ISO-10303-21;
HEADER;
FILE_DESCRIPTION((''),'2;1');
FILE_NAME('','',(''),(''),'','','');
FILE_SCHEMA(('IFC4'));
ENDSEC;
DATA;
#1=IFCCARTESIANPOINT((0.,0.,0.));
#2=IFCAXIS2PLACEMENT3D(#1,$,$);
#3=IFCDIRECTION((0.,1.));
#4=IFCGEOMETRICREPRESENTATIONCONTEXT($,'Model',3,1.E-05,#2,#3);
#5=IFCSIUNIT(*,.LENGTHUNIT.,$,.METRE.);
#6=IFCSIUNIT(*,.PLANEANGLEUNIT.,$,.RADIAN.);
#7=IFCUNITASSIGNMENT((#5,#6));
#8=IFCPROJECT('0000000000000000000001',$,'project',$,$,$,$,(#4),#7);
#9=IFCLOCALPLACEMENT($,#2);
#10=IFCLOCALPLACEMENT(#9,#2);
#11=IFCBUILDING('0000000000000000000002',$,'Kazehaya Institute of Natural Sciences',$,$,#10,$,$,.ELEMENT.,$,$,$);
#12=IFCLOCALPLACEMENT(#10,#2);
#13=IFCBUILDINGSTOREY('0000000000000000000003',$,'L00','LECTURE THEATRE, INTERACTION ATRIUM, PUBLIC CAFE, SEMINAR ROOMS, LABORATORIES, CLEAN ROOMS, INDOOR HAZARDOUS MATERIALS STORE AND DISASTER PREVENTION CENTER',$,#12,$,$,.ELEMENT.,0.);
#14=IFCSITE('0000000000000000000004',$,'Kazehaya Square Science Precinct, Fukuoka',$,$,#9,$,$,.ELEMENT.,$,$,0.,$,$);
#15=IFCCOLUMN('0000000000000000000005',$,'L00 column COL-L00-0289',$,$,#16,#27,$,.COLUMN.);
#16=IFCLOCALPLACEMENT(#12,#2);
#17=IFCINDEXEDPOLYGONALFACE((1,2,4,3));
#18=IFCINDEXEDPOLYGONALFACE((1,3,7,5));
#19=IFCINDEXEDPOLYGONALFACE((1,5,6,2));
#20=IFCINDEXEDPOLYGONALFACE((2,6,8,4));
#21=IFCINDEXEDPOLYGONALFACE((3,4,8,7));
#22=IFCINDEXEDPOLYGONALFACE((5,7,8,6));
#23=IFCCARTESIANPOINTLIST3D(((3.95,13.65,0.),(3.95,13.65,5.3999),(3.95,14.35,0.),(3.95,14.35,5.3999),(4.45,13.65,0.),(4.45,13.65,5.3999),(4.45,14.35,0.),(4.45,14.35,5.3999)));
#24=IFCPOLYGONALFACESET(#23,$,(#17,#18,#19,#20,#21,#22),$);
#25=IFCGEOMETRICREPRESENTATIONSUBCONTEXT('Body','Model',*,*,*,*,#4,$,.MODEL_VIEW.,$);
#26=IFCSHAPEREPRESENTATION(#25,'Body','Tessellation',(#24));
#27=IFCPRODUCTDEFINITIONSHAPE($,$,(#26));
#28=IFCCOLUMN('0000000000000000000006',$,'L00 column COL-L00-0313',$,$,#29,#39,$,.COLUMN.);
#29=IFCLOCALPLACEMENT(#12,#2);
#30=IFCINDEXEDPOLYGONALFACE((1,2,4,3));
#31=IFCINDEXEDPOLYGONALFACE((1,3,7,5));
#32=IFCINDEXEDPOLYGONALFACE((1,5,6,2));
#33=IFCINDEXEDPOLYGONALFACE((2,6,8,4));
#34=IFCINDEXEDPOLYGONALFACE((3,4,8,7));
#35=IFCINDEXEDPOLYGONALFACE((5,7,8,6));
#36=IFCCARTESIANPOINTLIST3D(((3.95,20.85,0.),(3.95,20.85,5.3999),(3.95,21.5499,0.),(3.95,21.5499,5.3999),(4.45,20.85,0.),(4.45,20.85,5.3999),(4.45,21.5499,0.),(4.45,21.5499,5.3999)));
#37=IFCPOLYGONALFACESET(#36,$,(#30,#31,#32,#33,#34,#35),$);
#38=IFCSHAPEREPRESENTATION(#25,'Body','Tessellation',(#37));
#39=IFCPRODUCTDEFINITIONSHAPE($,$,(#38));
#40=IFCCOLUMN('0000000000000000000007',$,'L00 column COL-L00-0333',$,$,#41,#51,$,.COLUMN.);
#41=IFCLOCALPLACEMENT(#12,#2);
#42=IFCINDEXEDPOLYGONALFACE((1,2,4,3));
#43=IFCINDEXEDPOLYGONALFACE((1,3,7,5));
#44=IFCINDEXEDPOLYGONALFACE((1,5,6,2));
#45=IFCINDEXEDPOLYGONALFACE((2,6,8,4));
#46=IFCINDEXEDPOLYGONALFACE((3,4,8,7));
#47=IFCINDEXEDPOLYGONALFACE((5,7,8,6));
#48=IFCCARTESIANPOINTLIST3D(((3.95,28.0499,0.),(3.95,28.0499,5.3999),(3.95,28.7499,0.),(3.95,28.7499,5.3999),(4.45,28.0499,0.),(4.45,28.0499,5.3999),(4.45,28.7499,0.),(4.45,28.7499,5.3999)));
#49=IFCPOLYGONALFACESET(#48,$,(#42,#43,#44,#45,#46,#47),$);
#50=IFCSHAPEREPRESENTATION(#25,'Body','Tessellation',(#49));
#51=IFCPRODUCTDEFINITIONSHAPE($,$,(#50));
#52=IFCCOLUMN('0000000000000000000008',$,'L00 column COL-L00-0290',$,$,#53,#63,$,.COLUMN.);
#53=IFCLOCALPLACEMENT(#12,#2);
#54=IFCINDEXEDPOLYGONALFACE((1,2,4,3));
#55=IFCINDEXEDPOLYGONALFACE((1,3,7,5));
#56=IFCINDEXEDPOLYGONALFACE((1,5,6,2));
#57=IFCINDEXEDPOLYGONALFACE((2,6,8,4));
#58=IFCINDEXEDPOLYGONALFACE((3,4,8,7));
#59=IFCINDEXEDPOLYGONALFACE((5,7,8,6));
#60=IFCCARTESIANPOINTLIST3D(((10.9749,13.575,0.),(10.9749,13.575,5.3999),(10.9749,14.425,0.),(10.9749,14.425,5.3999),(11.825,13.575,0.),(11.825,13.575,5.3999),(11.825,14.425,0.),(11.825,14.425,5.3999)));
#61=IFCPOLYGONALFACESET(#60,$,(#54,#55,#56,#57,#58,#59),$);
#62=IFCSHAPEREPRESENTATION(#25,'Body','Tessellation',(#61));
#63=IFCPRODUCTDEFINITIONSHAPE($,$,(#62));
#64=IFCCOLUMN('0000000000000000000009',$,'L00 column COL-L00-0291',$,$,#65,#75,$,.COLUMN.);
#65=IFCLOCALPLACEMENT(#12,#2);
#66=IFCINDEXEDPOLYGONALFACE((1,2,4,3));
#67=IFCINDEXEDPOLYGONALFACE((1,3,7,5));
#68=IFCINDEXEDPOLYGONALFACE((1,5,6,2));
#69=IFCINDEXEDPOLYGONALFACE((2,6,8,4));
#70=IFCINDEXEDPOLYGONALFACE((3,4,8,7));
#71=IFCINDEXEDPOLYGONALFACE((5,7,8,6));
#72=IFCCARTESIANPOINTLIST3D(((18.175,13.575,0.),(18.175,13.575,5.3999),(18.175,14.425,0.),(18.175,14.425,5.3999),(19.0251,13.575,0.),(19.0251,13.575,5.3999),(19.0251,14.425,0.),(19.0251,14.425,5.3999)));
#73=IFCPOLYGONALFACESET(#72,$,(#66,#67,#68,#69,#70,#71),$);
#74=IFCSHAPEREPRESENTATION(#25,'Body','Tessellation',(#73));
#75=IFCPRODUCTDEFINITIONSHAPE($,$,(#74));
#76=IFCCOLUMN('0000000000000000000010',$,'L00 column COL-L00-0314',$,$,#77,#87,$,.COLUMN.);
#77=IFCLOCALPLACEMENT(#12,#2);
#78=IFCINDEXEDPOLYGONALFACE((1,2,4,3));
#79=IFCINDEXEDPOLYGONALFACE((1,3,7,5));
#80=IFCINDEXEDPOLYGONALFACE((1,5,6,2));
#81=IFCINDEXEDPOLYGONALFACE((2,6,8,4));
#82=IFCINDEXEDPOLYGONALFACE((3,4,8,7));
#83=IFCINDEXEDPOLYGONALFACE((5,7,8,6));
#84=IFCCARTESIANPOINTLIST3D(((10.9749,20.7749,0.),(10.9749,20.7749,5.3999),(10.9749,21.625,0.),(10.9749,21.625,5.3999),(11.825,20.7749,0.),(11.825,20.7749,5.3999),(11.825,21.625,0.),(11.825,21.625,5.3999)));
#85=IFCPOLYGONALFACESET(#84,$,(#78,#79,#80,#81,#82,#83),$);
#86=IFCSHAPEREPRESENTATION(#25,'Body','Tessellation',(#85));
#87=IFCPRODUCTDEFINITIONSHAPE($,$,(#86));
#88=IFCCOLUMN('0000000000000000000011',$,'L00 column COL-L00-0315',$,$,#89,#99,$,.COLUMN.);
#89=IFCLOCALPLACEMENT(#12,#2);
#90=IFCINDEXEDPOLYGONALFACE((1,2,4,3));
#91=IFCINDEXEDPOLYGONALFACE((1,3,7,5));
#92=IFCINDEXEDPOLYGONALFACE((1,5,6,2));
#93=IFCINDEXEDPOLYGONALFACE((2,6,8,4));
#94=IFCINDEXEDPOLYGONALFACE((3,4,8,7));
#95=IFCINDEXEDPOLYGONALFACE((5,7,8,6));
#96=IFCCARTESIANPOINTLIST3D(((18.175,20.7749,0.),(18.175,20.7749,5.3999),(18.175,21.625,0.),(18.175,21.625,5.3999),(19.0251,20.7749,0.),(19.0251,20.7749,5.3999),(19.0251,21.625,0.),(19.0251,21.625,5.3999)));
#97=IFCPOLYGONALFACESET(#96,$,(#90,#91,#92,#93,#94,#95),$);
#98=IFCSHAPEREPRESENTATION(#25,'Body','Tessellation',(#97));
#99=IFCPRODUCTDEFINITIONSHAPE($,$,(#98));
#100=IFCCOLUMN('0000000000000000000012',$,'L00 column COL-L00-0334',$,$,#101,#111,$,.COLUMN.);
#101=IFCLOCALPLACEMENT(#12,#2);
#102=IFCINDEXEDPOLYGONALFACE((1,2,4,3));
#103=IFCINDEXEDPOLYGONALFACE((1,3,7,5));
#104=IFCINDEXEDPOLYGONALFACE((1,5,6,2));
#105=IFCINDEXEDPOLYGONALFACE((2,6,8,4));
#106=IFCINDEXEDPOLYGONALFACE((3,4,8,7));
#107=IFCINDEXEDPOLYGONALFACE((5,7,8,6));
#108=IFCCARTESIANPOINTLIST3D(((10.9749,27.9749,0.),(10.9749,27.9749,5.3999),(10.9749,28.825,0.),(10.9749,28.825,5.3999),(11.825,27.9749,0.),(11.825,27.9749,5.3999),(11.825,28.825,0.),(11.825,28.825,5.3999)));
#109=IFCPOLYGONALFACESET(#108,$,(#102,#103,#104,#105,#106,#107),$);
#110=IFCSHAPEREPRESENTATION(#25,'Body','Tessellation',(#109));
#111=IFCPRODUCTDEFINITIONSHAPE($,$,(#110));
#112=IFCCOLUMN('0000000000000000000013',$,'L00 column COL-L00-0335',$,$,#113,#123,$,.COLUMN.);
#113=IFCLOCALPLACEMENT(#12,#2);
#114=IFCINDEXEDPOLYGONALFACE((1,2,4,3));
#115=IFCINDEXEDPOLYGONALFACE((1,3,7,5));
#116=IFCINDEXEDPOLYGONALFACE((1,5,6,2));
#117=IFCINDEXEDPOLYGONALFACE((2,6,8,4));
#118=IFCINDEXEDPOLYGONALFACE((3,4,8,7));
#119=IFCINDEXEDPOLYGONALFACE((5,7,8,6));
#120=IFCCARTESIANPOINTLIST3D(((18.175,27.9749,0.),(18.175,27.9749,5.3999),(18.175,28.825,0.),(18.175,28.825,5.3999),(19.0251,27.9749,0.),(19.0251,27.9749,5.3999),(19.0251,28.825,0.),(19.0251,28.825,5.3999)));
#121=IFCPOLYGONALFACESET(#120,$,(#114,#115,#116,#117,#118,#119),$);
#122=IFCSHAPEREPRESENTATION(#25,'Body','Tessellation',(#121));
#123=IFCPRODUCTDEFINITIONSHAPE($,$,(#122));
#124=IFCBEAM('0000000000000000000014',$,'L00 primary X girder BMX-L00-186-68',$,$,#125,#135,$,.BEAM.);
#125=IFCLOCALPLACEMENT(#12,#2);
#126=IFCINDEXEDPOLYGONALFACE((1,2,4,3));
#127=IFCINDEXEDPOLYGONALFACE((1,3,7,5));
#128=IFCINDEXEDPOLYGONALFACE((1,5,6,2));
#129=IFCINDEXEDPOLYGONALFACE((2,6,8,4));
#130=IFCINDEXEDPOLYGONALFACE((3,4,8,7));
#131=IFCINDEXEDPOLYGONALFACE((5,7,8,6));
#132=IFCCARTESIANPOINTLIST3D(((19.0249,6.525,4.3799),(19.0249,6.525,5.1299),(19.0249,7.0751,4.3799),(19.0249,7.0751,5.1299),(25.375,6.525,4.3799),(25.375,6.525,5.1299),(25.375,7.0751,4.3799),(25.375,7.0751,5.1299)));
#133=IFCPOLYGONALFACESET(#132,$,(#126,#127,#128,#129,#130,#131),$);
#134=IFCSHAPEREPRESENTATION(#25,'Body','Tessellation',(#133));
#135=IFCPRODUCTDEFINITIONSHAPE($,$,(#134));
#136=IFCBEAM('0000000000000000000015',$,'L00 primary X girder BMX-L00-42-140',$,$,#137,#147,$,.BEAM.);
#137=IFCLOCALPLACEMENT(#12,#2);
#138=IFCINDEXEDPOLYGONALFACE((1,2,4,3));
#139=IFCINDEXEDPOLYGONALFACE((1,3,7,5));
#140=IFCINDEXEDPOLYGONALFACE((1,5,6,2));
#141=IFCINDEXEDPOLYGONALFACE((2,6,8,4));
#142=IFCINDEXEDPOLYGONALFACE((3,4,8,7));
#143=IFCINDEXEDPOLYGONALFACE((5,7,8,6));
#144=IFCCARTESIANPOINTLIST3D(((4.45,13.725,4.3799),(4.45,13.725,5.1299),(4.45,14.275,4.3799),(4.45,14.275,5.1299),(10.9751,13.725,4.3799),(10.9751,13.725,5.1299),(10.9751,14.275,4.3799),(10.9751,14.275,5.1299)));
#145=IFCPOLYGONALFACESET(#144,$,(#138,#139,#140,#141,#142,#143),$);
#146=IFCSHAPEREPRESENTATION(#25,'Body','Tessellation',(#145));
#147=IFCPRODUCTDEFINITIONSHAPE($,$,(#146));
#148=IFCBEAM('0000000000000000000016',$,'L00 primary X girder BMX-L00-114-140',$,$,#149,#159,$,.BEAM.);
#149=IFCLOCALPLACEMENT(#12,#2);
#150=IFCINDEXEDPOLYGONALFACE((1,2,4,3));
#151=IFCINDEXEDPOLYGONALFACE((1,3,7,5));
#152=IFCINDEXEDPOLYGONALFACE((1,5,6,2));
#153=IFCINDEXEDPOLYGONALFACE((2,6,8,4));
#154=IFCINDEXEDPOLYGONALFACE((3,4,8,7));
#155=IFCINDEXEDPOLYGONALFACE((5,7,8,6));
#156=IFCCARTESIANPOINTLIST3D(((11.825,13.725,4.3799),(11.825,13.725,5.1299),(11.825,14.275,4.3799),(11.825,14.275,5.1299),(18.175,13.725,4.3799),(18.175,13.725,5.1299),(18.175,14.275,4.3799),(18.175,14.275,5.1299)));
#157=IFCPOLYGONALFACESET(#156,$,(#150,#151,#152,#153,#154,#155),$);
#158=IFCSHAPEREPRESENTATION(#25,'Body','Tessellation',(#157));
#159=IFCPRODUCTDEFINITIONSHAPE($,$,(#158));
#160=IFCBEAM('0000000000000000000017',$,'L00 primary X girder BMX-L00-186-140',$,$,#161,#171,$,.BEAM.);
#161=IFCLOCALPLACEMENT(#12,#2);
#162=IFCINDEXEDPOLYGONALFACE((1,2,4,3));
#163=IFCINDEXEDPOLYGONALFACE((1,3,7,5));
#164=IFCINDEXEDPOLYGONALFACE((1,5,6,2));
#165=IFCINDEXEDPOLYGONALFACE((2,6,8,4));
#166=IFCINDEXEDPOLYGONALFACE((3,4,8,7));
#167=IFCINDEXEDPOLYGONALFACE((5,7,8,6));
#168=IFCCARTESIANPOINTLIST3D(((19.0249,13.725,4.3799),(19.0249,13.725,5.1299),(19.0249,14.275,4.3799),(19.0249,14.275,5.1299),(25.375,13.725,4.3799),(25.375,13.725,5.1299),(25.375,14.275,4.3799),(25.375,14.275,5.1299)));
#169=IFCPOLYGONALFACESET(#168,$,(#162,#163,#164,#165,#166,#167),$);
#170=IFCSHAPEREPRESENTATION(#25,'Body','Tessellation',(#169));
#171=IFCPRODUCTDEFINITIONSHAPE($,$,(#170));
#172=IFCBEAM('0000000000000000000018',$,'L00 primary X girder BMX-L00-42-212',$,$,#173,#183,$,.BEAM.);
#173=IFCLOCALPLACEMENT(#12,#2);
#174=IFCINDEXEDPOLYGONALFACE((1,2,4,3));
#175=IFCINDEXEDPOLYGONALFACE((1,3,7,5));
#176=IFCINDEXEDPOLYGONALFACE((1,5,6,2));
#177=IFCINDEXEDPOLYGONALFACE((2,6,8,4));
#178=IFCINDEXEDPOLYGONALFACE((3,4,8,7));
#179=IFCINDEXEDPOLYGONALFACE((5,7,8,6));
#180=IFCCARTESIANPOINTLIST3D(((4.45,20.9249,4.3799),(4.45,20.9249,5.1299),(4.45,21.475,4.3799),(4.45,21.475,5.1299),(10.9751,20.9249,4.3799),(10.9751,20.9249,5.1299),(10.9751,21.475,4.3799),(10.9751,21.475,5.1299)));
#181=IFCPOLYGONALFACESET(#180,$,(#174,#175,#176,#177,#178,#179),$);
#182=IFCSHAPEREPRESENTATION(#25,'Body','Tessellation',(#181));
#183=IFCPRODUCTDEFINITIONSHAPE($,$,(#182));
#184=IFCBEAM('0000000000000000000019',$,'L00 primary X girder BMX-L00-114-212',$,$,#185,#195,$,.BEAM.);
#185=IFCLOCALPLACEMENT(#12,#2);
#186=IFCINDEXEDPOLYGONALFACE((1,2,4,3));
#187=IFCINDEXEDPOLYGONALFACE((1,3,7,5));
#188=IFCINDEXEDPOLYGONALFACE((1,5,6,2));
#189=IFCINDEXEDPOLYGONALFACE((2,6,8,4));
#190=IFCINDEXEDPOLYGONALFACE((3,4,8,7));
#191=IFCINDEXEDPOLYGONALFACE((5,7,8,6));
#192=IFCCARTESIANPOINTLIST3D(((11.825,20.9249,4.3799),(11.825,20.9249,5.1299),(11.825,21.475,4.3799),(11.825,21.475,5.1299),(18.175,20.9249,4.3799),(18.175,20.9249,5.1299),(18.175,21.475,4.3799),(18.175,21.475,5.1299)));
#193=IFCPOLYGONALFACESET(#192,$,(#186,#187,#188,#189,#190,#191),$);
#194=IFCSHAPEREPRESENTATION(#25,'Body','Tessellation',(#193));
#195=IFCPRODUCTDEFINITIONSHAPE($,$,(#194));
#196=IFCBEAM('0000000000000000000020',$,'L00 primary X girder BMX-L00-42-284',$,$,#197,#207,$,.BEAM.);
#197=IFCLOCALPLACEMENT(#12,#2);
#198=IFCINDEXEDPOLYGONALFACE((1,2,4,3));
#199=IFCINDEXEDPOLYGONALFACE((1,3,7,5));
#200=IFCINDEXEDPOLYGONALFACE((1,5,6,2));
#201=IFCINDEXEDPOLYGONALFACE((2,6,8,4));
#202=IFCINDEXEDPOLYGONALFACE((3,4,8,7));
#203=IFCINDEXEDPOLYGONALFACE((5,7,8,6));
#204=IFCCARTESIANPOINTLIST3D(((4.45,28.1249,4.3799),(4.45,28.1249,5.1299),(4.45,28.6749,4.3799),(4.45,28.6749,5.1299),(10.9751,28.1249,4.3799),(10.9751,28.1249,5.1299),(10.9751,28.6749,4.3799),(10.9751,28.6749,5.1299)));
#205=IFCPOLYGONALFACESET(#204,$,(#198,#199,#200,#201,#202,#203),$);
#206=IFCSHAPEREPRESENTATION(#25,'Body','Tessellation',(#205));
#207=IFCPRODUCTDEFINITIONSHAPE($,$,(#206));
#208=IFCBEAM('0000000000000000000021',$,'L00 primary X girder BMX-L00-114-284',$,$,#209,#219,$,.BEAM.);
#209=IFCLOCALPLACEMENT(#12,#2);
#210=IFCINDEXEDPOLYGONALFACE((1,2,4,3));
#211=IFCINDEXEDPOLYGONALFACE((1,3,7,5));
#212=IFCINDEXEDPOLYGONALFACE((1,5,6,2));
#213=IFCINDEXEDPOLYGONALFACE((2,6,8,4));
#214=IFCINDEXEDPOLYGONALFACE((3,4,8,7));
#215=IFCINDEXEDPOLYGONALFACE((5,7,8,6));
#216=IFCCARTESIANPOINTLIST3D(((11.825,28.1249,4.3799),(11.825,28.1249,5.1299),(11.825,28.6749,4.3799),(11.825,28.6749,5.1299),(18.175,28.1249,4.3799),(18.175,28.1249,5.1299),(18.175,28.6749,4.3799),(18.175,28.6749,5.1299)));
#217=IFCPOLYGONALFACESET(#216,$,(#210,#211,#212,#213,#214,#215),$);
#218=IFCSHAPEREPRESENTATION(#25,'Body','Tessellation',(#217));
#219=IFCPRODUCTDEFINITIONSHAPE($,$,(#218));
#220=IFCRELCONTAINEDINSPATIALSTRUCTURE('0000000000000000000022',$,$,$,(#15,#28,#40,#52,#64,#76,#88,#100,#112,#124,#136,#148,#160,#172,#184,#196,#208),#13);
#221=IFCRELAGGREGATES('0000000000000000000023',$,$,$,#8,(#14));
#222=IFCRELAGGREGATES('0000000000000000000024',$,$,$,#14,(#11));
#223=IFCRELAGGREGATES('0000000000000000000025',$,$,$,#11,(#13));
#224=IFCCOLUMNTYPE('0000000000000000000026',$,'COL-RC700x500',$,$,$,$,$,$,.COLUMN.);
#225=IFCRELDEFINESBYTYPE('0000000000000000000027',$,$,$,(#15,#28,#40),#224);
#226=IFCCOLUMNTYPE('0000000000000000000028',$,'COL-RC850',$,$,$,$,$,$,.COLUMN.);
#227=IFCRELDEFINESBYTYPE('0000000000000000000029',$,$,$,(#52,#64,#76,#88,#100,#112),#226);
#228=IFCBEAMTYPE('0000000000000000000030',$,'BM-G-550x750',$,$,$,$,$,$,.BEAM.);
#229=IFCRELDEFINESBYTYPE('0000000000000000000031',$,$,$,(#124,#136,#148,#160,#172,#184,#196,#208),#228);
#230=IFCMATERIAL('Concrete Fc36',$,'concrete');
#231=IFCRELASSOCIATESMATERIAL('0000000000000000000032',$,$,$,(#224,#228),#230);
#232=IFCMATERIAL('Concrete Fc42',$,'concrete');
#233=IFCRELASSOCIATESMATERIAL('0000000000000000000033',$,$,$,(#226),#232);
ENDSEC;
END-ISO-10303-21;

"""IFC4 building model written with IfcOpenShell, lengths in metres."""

from ifc_helpers import new_model, si_unit, direction, frame, origin, origin_2d, place, context, subcontext, project, spatial, rectangle, extrude, material, material_profile, profile_set, type_object, element, save


model = new_model("IFC4")

# Units and contexts
model_context = context("Model", 3, precision=1e-05, world=origin(), true_north=direction((0.0, 1.0)))
body_context = subcontext(model_context, "Body", "Model", "MODEL_VIEW")
ifc_project = project(units=[si_unit("LENGTHUNIT", "METRE"), si_unit("PLANEANGLEUNIT", "RADIAN")], contexts=[model_context])

# Site, building, storey
site_placement = place(None, origin())
site = spatial("IfcSite", under=ifc_project, at=site_placement, Name="Kazehaya Square Science Precinct, Fukuoka", CompositionType="ELEMENT", RefElevation=0.0)
building_placement = place(site_placement, origin())
building = spatial("IfcBuilding", under=site, at=building_placement, Name="Kazehaya Institute of Natural Sciences", CompositionType="ELEMENT")
storey_placement = place(building_placement, origin())
storey = spatial("IfcBuildingStorey", under=building, at=storey_placement, Name="L00", Description="LECTURE THEATRE, INTERACTION ATRIUM, PUBLIC CAFE, SEMINAR ROOMS, LABORATORIES, CLEAN ROOMS, INDOOR HAZARDOUS MATERIALS STORE AND DISASTER PREVENTION CENTER", CompositionType="ELEMENT", Elevation=0.0)

# Columns
ifc_material_1 = material(Name="Concrete Fc36", Category="concrete")
ifc_material_profile_1 = material_profile(ifc_material_1, rectangle(XDim=0.5, YDim=0.7, at=origin_2d()), Name="RC-700x500")
ifc_profile_set_1 = profile_set([ifc_material_profile_1], Name="Concrete Fc36")
column_type_1 = type_object("IfcColumnType", Name="COL-RC700x500", PredefinedType="COLUMN", material=ifc_profile_set_1)
for number, where, z_axis, x_axis, name in (
    (1, (4.2, 14.0, 0.0), (0.0, 0.0, 1.0), (1.0, 0.0, 0.0), "L00 column COL-L00-0289"),
    (2, (4.2, 21.2, 0.0), (0.0, 0.0, 1.0), (1.0, 0.0, 0.0), "L00 column COL-L00-0313"),
    (3, (4.2, 28.3999, 0.0), (0.0, 0.0, 1.0), (1.0, 0.0, 0.0), "L00 column COL-L00-0333"),
):
    element("IfcColumn", number, at=place(storey_placement, frame(where, z_axis=z_axis, x_axis=x_axis)), inside=storey, type_object=column_type_1, Name=name, PredefinedType="COLUMN", context=body_context, shape_type="SweptSolid", body=[
        extrude(rectangle(XDim=0.5, YDim=0.7, at=origin_2d()), origin(), (0.0, 0.0, 1.0), 5.3999),
    ])
ifc_material_2 = material(Name="Concrete Fc42", Category="concrete")
ifc_material_profile_2 = material_profile(ifc_material_2, rectangle(XDim=0.8501, YDim=0.8501, at=origin_2d()), Name="RC-850x850")
ifc_profile_set_2 = profile_set([ifc_material_profile_2], Name="Concrete Fc42")
column_type_2 = type_object("IfcColumnType", Name="COL-RC850", PredefinedType="COLUMN", material=ifc_profile_set_2)
for number, where, z_axis, x_axis, name in (
    (4, (11.3999, 14.0, 0.0), (0.0, 0.0, 1.0), (1.0, 0.0, 0.0), "L00 column COL-L00-0290"),
    (5, (18.6001, 14.0, 0.0), (0.0, 0.0, 1.0), (1.0, 0.0, 0.0), "L00 column COL-L00-0291"),
    (6, (11.3999, 21.2, 0.0), (0.0, 0.0, 1.0), (1.0, 0.0, 0.0), "L00 column COL-L00-0314"),
    (7, (18.6001, 21.2, 0.0), (0.0, 0.0, 1.0), (1.0, 0.0, 0.0), "L00 column COL-L00-0315"),
    (8, (11.3999, 28.3999, 0.0), (0.0, 0.0, 1.0), (1.0, 0.0, 0.0), "L00 column COL-L00-0334"),
    (9, (18.6001, 28.3999, 0.0), (0.0, 0.0, 1.0), (1.0, 0.0, 0.0), "L00 column COL-L00-0335"),
):
    element("IfcColumn", number, at=place(storey_placement, frame(where, z_axis=z_axis, x_axis=x_axis)), inside=storey, type_object=column_type_2, Name=name, PredefinedType="COLUMN", context=body_context, shape_type="SweptSolid", body=[
        extrude(rectangle(XDim=0.8501, YDim=0.8501, at=origin_2d()), origin(), (0.0, 0.0, 1.0), 5.3999),
    ])

# Beams
ifc_material_profile_3 = material_profile(ifc_material_1, rectangle(XDim=0.55, YDim=0.75, at=origin_2d()), Name="RC-550x750")
ifc_profile_set_3 = profile_set([ifc_material_profile_3], Name="Concrete Fc36")
beam_type = type_object("IfcBeamType", Name="BM-G-550x750", PredefinedType="BEAM", material=ifc_profile_set_3)
beam_1_placement = place(storey_placement, frame((19.0249, 6.8, 4.7549), z_axis=(1.0, 0.0, 0.0), x_axis=(0.0, 1.0, 0.0)))
element("IfcBeam", 10, at=beam_1_placement, inside=storey, type_object=beam_type, Name="L00 primary X girder BMX-L00-186-68", PredefinedType="BEAM", context=body_context, shape_type="SweptSolid", body=[
    extrude(rectangle(XDim=0.55, YDim=0.75, at=origin_2d()), origin(), (0.0, 0.0, 1.0), 6.3501),
])
beam_2_placement = place(storey_placement, frame((4.45, 14.0, 4.7549), z_axis=(1.0, 0.0, 0.0), x_axis=(0.0, 1.0, 0.0)))
element("IfcBeam", 11, at=beam_2_placement, inside=storey, type_object=beam_type, Name="L00 primary X girder BMX-L00-42-140", PredefinedType="BEAM", context=body_context, shape_type="SweptSolid", body=[
    extrude(rectangle(XDim=0.55, YDim=0.75, at=origin_2d()), origin(), (0.0, 0.0, 1.0), 6.5251),
])
for number, where, z_axis, x_axis, name in (
    (12, (11.825, 14.0, 4.7549), (1.0, 0.0, 0.0), (0.0, 1.0, 0.0), "L00 primary X girder BMX-L00-114-140"),
    (13, (19.0249, 14.0, 4.7549), (1.0, 0.0, 0.0), (0.0, 1.0, 0.0), "L00 primary X girder BMX-L00-186-140"),
):
    element("IfcBeam", number, at=place(storey_placement, frame(where, z_axis=z_axis, x_axis=x_axis)), inside=storey, type_object=beam_type, Name=name, PredefinedType="BEAM", context=body_context, shape_type="SweptSolid", body=[
        extrude(rectangle(XDim=0.55, YDim=0.75, at=origin_2d()), origin(), (0.0, 0.0, 1.0), 6.3501),
    ])
beam_3_placement = place(storey_placement, frame((4.45, 21.2, 4.7549), z_axis=(1.0, 0.0, 0.0), x_axis=(0.0, 1.0, 0.0)))
element("IfcBeam", 14, at=beam_3_placement, inside=storey, type_object=beam_type, Name="L00 primary X girder BMX-L00-42-212", PredefinedType="BEAM", context=body_context, shape_type="SweptSolid", body=[
    extrude(rectangle(XDim=0.55, YDim=0.75, at=origin_2d()), origin(), (0.0, 0.0, 1.0), 6.5251),
])
beam_4_placement = place(storey_placement, frame((11.825, 21.2, 4.7549), z_axis=(1.0, 0.0, 0.0), x_axis=(0.0, 1.0, 0.0)))
element("IfcBeam", 15, at=beam_4_placement, inside=storey, type_object=beam_type, Name="L00 primary X girder BMX-L00-114-212", PredefinedType="BEAM", context=body_context, shape_type="SweptSolid", body=[
    extrude(rectangle(XDim=0.55, YDim=0.75, at=origin_2d()), origin(), (0.0, 0.0, 1.0), 6.3501),
])
beam_5_placement = place(storey_placement, frame((4.45, 28.3999, 4.7549), z_axis=(1.0, 0.0, 0.0), x_axis=(0.0, 1.0, 0.0)))
element("IfcBeam", 16, at=beam_5_placement, inside=storey, type_object=beam_type, Name="L00 primary X girder BMX-L00-42-284", PredefinedType="BEAM", context=body_context, shape_type="SweptSolid", body=[
    extrude(rectangle(XDim=0.55, YDim=0.75, at=origin_2d()), origin(), (0.0, 0.0, 1.0), 6.5251),
])
beam_6_placement = place(storey_placement, frame((11.825, 28.3999, 4.7549), z_axis=(1.0, 0.0, 0.0), x_axis=(0.0, 1.0, 0.0)))
element("IfcBeam", 17, at=beam_6_placement, inside=storey, type_object=beam_type, Name="L00 primary X girder BMX-L00-114-284", PredefinedType="BEAM", context=body_context, shape_type="SweptSolid", body=[
    extrude(rectangle(XDim=0.55, YDim=0.75, at=origin_2d()), origin(), (0.0, 0.0, 1.0), 6.3501),
])

save(model, "model.ifc")
